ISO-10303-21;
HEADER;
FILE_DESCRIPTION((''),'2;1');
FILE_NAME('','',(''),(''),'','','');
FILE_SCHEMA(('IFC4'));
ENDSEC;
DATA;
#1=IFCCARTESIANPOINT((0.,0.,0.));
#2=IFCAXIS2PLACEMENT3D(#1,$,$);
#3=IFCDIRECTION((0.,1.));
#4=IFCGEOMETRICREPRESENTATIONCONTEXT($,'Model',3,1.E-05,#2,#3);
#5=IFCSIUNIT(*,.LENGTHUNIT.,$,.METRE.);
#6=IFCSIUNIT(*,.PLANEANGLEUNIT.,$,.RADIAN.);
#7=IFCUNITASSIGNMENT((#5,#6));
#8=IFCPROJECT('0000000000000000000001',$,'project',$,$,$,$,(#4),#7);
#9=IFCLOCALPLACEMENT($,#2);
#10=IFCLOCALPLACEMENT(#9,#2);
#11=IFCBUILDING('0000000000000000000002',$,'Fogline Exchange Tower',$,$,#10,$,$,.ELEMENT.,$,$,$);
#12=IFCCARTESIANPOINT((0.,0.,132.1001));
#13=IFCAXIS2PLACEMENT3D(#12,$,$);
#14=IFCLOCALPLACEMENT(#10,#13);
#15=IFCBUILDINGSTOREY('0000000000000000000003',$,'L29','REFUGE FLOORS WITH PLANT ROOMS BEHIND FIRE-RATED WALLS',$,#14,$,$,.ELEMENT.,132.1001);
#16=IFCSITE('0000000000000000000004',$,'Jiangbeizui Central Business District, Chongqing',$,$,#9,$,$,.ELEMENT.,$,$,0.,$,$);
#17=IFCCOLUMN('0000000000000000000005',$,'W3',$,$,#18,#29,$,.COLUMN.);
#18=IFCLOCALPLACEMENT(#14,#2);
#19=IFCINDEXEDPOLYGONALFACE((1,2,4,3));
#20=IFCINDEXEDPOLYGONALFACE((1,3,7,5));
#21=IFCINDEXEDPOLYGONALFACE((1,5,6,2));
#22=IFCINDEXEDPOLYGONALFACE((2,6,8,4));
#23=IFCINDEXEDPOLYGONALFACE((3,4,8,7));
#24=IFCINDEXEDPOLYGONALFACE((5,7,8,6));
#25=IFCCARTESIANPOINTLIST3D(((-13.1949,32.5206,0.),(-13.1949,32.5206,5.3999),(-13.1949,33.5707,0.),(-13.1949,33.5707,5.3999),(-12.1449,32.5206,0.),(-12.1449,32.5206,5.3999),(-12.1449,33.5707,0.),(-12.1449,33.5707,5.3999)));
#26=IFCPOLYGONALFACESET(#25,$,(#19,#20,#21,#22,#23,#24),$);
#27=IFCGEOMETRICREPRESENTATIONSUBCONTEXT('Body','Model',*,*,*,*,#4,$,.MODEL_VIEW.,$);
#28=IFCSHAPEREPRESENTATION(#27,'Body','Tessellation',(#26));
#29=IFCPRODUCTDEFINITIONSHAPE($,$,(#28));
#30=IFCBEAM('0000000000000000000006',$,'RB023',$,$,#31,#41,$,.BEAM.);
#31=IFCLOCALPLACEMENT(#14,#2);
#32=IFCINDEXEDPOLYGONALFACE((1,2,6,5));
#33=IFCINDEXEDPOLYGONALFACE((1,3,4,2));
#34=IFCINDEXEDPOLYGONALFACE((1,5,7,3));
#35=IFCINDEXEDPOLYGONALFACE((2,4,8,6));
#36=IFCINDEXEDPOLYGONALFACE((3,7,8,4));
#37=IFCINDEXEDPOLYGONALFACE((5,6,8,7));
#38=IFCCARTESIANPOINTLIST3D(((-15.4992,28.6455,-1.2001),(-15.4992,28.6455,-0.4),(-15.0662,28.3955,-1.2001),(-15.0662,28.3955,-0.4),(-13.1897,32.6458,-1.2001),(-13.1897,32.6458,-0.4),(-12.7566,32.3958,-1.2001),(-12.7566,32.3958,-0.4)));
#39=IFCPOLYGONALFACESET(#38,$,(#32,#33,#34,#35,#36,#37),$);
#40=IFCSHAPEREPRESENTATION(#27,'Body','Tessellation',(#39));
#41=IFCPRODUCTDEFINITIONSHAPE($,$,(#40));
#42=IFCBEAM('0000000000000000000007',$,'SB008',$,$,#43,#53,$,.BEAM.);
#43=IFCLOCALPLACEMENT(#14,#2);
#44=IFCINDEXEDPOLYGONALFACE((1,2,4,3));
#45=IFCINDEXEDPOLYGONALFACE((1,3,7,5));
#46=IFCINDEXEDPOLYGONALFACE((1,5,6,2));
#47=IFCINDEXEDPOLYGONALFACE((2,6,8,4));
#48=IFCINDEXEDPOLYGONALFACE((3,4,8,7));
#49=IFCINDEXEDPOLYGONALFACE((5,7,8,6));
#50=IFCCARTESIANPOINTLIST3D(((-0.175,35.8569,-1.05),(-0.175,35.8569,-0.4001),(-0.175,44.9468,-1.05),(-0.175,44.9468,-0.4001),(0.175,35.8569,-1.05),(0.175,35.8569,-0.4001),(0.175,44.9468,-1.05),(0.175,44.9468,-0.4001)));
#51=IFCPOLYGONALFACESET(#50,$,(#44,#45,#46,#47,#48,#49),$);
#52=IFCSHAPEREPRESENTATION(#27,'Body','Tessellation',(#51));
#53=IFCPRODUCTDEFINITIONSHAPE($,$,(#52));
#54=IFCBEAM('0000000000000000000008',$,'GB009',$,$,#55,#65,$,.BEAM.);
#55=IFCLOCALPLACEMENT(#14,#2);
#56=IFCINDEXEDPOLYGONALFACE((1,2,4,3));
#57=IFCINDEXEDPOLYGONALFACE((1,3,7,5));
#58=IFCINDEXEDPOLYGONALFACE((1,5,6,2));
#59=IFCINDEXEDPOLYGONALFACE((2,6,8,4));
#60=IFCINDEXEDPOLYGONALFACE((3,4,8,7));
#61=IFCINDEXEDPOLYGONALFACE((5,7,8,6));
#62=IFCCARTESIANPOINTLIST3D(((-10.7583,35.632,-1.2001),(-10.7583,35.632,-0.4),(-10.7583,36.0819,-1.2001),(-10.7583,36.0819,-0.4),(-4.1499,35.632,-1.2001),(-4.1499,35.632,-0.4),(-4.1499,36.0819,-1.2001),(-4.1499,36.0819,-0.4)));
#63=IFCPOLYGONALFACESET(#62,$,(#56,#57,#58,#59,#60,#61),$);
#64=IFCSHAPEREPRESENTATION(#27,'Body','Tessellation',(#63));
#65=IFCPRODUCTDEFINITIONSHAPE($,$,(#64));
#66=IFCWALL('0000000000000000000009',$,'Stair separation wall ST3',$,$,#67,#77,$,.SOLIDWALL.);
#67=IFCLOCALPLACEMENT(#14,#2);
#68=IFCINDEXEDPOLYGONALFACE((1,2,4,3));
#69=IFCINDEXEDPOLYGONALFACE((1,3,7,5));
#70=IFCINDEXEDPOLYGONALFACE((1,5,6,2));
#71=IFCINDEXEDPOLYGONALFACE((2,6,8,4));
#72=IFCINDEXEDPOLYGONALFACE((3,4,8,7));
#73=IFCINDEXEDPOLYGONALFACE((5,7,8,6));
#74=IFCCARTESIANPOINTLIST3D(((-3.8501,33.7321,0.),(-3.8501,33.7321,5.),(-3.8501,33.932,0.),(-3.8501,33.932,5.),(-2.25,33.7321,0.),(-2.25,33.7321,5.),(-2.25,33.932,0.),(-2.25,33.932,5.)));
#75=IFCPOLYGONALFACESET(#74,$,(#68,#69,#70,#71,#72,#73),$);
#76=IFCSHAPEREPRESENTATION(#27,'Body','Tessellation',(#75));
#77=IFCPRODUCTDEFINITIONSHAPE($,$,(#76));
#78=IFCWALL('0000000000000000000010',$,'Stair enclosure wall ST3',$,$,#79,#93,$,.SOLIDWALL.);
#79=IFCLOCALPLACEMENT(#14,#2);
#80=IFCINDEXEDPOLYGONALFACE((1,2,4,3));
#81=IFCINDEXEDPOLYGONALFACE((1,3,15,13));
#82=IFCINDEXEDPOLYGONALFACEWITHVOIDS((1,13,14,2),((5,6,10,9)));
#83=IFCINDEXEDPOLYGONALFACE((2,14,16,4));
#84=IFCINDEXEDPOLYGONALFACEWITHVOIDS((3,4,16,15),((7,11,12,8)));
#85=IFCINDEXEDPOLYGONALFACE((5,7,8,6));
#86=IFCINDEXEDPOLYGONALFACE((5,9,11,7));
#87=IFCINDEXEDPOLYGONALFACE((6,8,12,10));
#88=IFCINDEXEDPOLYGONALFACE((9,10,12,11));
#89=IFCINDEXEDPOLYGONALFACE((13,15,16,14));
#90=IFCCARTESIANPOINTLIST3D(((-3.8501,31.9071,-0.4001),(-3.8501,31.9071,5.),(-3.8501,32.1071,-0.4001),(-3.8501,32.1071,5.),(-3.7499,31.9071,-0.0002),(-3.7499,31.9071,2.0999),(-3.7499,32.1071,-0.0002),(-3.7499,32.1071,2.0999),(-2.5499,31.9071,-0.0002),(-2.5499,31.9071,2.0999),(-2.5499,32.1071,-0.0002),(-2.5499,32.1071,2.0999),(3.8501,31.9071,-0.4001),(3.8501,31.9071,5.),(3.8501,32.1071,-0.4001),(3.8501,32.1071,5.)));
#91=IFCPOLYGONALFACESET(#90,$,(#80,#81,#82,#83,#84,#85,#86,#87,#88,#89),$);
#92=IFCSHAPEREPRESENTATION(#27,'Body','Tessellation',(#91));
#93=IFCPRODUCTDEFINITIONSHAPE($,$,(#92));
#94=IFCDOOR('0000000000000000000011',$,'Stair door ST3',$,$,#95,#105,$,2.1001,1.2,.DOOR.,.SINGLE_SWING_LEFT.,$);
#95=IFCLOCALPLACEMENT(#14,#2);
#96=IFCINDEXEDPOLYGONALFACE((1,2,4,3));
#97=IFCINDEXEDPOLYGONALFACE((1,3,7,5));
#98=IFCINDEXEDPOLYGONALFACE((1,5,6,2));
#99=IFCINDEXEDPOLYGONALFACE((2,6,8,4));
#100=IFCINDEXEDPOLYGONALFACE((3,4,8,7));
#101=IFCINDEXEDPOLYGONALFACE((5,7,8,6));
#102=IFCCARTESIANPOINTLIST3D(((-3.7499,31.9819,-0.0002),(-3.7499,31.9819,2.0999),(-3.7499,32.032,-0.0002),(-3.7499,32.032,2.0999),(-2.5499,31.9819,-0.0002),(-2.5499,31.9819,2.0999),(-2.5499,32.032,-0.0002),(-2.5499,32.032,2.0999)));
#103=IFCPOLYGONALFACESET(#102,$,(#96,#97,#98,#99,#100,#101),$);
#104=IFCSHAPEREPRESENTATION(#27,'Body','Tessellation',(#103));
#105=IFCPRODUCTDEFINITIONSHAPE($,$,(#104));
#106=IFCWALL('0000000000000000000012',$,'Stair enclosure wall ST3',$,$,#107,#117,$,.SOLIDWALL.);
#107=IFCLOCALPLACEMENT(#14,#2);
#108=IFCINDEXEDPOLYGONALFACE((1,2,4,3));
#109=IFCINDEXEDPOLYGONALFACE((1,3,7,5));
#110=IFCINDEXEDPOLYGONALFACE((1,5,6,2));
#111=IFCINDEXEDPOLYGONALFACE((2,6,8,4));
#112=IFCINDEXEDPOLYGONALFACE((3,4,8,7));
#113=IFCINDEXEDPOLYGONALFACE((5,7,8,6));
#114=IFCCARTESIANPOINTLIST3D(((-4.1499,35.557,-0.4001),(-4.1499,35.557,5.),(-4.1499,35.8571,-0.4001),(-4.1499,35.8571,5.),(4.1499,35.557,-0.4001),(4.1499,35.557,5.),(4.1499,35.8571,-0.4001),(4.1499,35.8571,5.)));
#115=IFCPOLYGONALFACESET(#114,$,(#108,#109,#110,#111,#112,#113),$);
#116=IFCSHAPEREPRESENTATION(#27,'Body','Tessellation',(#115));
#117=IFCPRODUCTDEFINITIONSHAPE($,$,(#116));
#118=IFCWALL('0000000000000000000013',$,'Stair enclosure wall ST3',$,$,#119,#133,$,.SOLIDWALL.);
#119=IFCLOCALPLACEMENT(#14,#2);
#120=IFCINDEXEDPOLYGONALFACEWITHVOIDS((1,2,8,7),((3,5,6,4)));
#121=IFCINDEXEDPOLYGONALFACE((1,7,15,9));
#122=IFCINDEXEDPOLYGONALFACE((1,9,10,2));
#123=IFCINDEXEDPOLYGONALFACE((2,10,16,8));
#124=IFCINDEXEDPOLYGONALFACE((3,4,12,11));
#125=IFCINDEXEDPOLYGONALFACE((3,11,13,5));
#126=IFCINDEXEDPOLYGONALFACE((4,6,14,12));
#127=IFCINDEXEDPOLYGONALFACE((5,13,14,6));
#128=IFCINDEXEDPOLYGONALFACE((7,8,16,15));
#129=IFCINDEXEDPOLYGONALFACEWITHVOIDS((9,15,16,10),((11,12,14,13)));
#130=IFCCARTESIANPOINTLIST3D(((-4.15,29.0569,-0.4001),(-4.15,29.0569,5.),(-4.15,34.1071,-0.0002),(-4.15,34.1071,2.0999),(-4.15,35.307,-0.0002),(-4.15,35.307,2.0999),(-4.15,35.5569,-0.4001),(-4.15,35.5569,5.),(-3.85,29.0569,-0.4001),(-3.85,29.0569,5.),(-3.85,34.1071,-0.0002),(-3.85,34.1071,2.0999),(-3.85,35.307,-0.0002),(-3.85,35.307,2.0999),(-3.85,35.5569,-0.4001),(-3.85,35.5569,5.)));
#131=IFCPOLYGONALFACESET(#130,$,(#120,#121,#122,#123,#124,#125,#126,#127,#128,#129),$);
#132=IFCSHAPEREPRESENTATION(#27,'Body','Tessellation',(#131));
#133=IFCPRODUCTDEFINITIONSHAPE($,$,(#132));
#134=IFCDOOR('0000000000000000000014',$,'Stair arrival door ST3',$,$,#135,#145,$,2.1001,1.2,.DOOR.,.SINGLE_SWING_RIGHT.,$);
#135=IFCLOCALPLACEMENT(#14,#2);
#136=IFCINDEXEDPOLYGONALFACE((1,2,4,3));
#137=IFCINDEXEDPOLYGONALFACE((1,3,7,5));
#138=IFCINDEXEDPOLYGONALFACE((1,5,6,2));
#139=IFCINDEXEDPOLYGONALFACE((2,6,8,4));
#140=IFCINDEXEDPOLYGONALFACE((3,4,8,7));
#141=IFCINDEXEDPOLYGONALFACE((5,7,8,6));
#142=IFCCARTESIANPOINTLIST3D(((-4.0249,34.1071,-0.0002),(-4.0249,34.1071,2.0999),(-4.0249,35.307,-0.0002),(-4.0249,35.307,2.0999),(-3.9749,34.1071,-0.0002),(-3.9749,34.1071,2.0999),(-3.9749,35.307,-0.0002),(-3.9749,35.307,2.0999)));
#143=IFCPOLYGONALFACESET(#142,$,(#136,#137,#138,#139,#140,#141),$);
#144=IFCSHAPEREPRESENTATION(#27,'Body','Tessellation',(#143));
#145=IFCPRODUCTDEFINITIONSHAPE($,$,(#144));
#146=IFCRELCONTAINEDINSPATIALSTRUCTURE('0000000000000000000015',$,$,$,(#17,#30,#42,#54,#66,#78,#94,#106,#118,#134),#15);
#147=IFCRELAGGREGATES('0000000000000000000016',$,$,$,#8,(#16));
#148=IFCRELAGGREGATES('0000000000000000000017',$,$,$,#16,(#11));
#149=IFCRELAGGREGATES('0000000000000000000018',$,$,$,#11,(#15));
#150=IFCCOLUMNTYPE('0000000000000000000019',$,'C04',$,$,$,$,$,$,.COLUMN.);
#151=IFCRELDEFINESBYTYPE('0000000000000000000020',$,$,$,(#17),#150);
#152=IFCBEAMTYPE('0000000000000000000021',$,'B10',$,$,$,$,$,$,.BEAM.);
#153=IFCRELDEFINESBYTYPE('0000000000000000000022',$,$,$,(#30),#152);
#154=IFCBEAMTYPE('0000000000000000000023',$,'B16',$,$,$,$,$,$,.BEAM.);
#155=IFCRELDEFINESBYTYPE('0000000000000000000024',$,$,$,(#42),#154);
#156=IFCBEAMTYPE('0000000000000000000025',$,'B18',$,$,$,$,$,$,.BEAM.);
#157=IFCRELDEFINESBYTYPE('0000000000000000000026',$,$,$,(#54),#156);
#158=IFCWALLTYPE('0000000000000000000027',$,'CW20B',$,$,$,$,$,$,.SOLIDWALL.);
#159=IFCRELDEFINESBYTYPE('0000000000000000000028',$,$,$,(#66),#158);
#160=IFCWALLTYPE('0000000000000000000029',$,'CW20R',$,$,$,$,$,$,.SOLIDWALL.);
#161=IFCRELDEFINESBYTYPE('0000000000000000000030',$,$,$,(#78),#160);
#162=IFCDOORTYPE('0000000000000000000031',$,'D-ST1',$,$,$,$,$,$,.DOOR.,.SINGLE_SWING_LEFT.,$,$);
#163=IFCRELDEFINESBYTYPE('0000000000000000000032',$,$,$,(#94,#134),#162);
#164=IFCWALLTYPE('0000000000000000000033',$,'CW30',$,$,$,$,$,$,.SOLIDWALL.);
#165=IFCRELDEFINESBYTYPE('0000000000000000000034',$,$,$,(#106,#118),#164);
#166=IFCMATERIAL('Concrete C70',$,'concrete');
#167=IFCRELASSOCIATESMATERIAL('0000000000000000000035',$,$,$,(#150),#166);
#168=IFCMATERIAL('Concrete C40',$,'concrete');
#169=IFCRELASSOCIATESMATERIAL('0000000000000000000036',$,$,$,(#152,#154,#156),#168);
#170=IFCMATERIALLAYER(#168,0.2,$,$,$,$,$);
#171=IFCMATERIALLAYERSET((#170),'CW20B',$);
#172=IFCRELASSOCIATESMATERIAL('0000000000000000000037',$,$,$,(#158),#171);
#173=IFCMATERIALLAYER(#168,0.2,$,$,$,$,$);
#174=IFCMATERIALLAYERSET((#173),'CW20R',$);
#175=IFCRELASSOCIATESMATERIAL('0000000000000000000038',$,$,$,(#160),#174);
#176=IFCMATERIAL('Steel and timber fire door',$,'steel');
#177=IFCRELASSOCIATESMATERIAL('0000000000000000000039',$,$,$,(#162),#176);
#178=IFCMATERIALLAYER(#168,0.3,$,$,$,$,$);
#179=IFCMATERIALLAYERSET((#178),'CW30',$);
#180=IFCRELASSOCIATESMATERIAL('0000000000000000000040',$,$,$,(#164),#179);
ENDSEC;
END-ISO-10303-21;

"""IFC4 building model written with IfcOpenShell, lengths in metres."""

from ifc_helpers import new_model, si_unit, direction, frame, frame_2d, origin, origin_2d, place, context, subcontext, project, spatial, rectangle, extrude, material, layer, layer_set, material_profile, profile_set, type_object, element, fill, save


model = new_model("IFC4")

# Units and contexts
model_context = context("Model", 3, precision=1e-05, world=origin(), true_north=direction((0.0, 1.0)))
body_context = subcontext(model_context, "Body", "Model", "MODEL_VIEW")
ifc_project = project(units=[si_unit("LENGTHUNIT", "METRE"), si_unit("PLANEANGLEUNIT", "RADIAN")], contexts=[model_context])

# Site, building, storey
site_placement = place(None, origin())
site = spatial("IfcSite", under=ifc_project, at=site_placement, Name="Jiangbeizui Central Business District, Chongqing", CompositionType="ELEMENT", RefElevation=0.0)
building_placement = place(site_placement, origin())
building = spatial("IfcBuilding", under=site, at=building_placement, Name="Fogline Exchange Tower", CompositionType="ELEMENT")
storey_placement = place(building_placement, frame((0.0, 0.0, 132.1001)))
storey = spatial("IfcBuildingStorey", under=building, at=storey_placement, Name="L29", Description="REFUGE FLOORS WITH PLANT ROOMS BEHIND FIRE-RATED WALLS", CompositionType="ELEMENT", Elevation=132.1001)

# Column
ifc_material_1 = material(Name="Concrete C70", Category="concrete")
ifc_material_profile_1 = material_profile(ifc_material_1, rectangle(XDim=1.05, YDim=1.05, at=origin_2d()), Name="RC 1050x1050")
ifc_profile_set_1 = profile_set([ifc_material_profile_1], Name="Concrete C70")
column_type = type_object("IfcColumnType", Name="C04", PredefinedType="COLUMN", material=ifc_profile_set_1)
column_placement = place(storey_placement, frame((-12.6699, 33.0457, 0.0), z_axis=(0.0, 0.0, 1.0), x_axis=(1.0, 0.0, 0.0)))
element("IfcColumn", 1, at=column_placement, inside=storey, type_object=column_type, Name="W3", PredefinedType="COLUMN", context=body_context, shape_type="SweptSolid", body=[
    extrude(rectangle(XDim=1.05, YDim=1.05, at=origin_2d()), origin(), (0.0, 0.0, 1.0), 5.3999),
])

# Beams
ifc_material_2 = material(Name="Concrete C40", Category="concrete")
ifc_material_profile_2 = material_profile(ifc_material_2, rectangle(XDim=0.5, YDim=0.8, at=origin_2d()), Name="RC 500x800")
ifc_profile_set_2 = profile_set([ifc_material_profile_2], Name="Concrete C40")
beam_type_1 = type_object("IfcBeamType", Name="B10", PredefinedType="BEAM", material=ifc_profile_set_2)
beam_1_placement = place(storey_placement, frame((-12.9731, 32.5208, -0.8), z_axis=(-0.500005, -0.866023, 0.0), x_axis=(0.866023, -0.500005, 0.0)))
element("IfcBeam", 2, at=beam_1_placement, inside=storey, type_object=beam_type_1, Name="RB023", PredefinedType="BEAM", context=body_context, shape_type="SweptSolid", body=[
    extrude(rectangle(XDim=0.5, YDim=0.8, at=origin_2d()), origin(), (0.0, 0.0, 1.0), 4.6191),
])
ifc_material_profile_3 = material_profile(ifc_material_2, rectangle(XDim=0.3501, YDim=0.6499, at=origin_2d()), Name="RC 350x650")
ifc_profile_set_3 = profile_set([ifc_material_profile_3], Name="Concrete C40")
beam_type_2 = type_object("IfcBeamType", Name="B16", PredefinedType="BEAM", material=ifc_profile_set_3)
beam_2_placement = place(storey_placement, frame((0.0, 35.8569, -0.7251), z_axis=(0.0, 1.0, 0.0), x_axis=(-1.0, 0.0, 0.0)))
element("IfcBeam", 3, at=beam_2_placement, inside=storey, type_object=beam_type_2, Name="SB008", PredefinedType="BEAM", context=body_context, shape_type="SweptSolid", body=[
    extrude(rectangle(XDim=0.3501, YDim=0.6499, at=origin_2d()), origin(), (0.0, 0.0, 1.0), 9.0898),
])
ifc_material_profile_4 = material_profile(ifc_material_2, rectangle(XDim=0.45, YDim=0.8, at=origin_2d()), Name="RC 450x800")
ifc_profile_set_4 = profile_set([ifc_material_profile_4], Name="Concrete C40")
beam_type_3 = type_object("IfcBeamType", Name="B18", PredefinedType="BEAM", material=ifc_profile_set_4)
beam_3_placement = place(storey_placement, frame((-10.7583, 35.8569, -0.8), z_axis=(1.0, 0.0, 0.0), x_axis=(0.0, 1.0, 0.0)))
element("IfcBeam", 4, at=beam_3_placement, inside=storey, type_object=beam_type_3, Name="GB009", PredefinedType="BEAM", context=body_context, shape_type="SweptSolid", body=[
    extrude(rectangle(XDim=0.45, YDim=0.8, at=origin_2d()), origin(), (0.0, 0.0, 1.0), 6.6084),
])

# Wall
ifc_layer_1 = layer(ifc_material_2, 0.2)
ifc_layer_set_1 = layer_set([ifc_layer_1], Name="CW20B")
wall_type_1 = type_object("IfcWallType", Name="CW20B", PredefinedType="SOLIDWALL", material=ifc_layer_set_1)
wall_1_placement = place(storey_placement, frame((-3.8501, 33.832, 0.0), z_axis=(0.0, 0.0, 1.0), x_axis=(1.0, 0.0, 0.0)))
element("IfcWall", 5, at=wall_1_placement, inside=storey, type_object=wall_type_1, Name="Stair separation wall ST3", PredefinedType="SOLIDWALL", context=body_context, shape_type="SweptSolid", body=[
    extrude(rectangle(XDim=1.6001, YDim=0.2, at=frame_2d((0.8, 0.0))), origin(), (0.0, 0.0, 1.0), 5.0),
])

# Wall, opening, door
ifc_layer_2 = layer(ifc_material_2, 0.2)
ifc_layer_set_2 = layer_set([ifc_layer_2], Name="CW20R")
wall_type_2 = type_object("IfcWallType", Name="CW20R", PredefinedType="SOLIDWALL", material=ifc_layer_set_2)
wall_2_placement = place(storey_placement, frame((-3.8501, 32.0071, -0.4001), z_axis=(0.0, 0.0, 1.0), x_axis=(1.0, 0.0, 0.0)))
wall_2 = element("IfcWall", 6, at=wall_2_placement, inside=storey, type_object=wall_type_2, Name="Stair enclosure wall ST3", PredefinedType="SOLIDWALL", context=body_context, shape_type="SweptSolid", body=[
    extrude(rectangle(XDim=7.7002, YDim=0.2, at=frame_2d((3.8501, 0.0))), origin(), (0.0, 0.0, 1.0), 5.4001),
])
opening_1_placement = place(wall_2_placement, frame((0.1001, 0.0, 0.3999)))
opening_1 = element("IfcOpeningElement", 7, at=opening_1_placement, cuts=wall_2, PredefinedType="OPENING", context=body_context, shape_type="SweptSolid", body=[
    extrude(rectangle(XDim=1.2, YDim=2.1001, at=frame_2d((0.6001, 1.05))), frame((0.0, 0.1099, 0.0), z_axis=(0.0, -1.0, 0.0), x_axis=(1.0, 0.0, 0.0)), (0.0, 0.0, 1.0), 0.22),
])
ifc_material_3 = material(Name="Steel and timber fire door", Category="steel")
door_type_1 = type_object("IfcDoorType", Name="D-ST1", OperationType="SINGLE_SWING_LEFT", PredefinedType="DOOR", material=ifc_material_3)
door_1_placement = place(opening_1_placement, origin())
door_1 = element("IfcDoor", 8, at=door_1_placement, inside=storey, type_object=door_type_1, Name="Stair door ST3", OperationType="SINGLE_SWING_LEFT", OverallHeight=2.1001, OverallWidth=1.2, PredefinedType="DOOR", context=body_context, shape_type="SweptSolid", body=[
    extrude(rectangle(XDim=1.2, YDim=2.1001, at=frame_2d((0.6001, 1.05))), frame((0.0, 0.0249, 0.0), z_axis=(0.0, -1.0, 0.0), x_axis=(1.0, 0.0, 0.0)), (0.0, 0.0, 1.0), 0.05),
])
fill(opening_1, door_1)

# Wall
ifc_layer_3 = layer(ifc_material_2, 0.3)
ifc_layer_set_3 = layer_set([ifc_layer_3], Name="CW30")
wall_type_3 = type_object("IfcWallType", Name="CW30", PredefinedType="SOLIDWALL", material=ifc_layer_set_3)
wall_3_placement = place(storey_placement, frame((-4.1499, 35.707, -0.4001), z_axis=(0.0, 0.0, 1.0), x_axis=(1.0, 0.0, 0.0)))
element("IfcWall", 9, at=wall_3_placement, inside=storey, type_object=wall_type_3, Name="Stair enclosure wall ST3", PredefinedType="SOLIDWALL", context=body_context, shape_type="SweptSolid", body=[
    extrude(rectangle(XDim=8.2998, YDim=0.3, at=frame_2d((4.1499, 0.0))), origin(), (0.0, 0.0, 1.0), 5.4001),
])

# Wall, opening, door
wall_4_placement = place(storey_placement, frame((-4.0, 29.0569, -0.4001), z_axis=(0.0, 0.0, 1.0), x_axis=(0.0, 1.0, 0.0)))
wall_4 = element("IfcWall", 10, at=wall_4_placement, inside=storey, type_object=wall_type_3, Name="Stair enclosure wall ST3", PredefinedType="SOLIDWALL", context=body_context, shape_type="SweptSolid", body=[
    extrude(rectangle(XDim=6.5, YDim=0.3, at=frame_2d((3.25, 0.0))), origin(), (0.0, 0.0, 1.0), 5.4001),
])
opening_2_placement = place(wall_4_placement, frame((5.05, 0.0, 0.3999)))
opening_2 = element("IfcOpeningElement", 11, at=opening_2_placement, cuts=wall_4, PredefinedType="OPENING", context=body_context, shape_type="SweptSolid", body=[
    extrude(rectangle(XDim=1.2, YDim=2.1001, at=frame_2d((0.6001, 1.05))), frame((0.0, 0.1602, 0.0), z_axis=(0.0, -1.0, 0.0), x_axis=(1.0, 0.0, 0.0)), (0.0, 0.0, 1.0), 0.3201),
])
door_2_placement = place(opening_2_placement, origin())
door_2 = element("IfcDoor", 12, at=door_2_placement, inside=storey, type_object=door_type_1, Name="Stair arrival door ST3", OperationType="SINGLE_SWING_RIGHT", OverallHeight=2.1001, OverallWidth=1.2, PredefinedType="DOOR", context=body_context, shape_type="SweptSolid", body=[
    extrude(rectangle(XDim=1.2, YDim=2.1001, at=frame_2d((0.6001, 1.05))), frame((0.0, 0.0249, 0.0), z_axis=(0.0, -1.0, 0.0), x_axis=(1.0, 0.0, 0.0)), (0.0, 0.0, 1.0), 0.05),
])
fill(opening_2, door_2)

save(model, "model.ifc")
